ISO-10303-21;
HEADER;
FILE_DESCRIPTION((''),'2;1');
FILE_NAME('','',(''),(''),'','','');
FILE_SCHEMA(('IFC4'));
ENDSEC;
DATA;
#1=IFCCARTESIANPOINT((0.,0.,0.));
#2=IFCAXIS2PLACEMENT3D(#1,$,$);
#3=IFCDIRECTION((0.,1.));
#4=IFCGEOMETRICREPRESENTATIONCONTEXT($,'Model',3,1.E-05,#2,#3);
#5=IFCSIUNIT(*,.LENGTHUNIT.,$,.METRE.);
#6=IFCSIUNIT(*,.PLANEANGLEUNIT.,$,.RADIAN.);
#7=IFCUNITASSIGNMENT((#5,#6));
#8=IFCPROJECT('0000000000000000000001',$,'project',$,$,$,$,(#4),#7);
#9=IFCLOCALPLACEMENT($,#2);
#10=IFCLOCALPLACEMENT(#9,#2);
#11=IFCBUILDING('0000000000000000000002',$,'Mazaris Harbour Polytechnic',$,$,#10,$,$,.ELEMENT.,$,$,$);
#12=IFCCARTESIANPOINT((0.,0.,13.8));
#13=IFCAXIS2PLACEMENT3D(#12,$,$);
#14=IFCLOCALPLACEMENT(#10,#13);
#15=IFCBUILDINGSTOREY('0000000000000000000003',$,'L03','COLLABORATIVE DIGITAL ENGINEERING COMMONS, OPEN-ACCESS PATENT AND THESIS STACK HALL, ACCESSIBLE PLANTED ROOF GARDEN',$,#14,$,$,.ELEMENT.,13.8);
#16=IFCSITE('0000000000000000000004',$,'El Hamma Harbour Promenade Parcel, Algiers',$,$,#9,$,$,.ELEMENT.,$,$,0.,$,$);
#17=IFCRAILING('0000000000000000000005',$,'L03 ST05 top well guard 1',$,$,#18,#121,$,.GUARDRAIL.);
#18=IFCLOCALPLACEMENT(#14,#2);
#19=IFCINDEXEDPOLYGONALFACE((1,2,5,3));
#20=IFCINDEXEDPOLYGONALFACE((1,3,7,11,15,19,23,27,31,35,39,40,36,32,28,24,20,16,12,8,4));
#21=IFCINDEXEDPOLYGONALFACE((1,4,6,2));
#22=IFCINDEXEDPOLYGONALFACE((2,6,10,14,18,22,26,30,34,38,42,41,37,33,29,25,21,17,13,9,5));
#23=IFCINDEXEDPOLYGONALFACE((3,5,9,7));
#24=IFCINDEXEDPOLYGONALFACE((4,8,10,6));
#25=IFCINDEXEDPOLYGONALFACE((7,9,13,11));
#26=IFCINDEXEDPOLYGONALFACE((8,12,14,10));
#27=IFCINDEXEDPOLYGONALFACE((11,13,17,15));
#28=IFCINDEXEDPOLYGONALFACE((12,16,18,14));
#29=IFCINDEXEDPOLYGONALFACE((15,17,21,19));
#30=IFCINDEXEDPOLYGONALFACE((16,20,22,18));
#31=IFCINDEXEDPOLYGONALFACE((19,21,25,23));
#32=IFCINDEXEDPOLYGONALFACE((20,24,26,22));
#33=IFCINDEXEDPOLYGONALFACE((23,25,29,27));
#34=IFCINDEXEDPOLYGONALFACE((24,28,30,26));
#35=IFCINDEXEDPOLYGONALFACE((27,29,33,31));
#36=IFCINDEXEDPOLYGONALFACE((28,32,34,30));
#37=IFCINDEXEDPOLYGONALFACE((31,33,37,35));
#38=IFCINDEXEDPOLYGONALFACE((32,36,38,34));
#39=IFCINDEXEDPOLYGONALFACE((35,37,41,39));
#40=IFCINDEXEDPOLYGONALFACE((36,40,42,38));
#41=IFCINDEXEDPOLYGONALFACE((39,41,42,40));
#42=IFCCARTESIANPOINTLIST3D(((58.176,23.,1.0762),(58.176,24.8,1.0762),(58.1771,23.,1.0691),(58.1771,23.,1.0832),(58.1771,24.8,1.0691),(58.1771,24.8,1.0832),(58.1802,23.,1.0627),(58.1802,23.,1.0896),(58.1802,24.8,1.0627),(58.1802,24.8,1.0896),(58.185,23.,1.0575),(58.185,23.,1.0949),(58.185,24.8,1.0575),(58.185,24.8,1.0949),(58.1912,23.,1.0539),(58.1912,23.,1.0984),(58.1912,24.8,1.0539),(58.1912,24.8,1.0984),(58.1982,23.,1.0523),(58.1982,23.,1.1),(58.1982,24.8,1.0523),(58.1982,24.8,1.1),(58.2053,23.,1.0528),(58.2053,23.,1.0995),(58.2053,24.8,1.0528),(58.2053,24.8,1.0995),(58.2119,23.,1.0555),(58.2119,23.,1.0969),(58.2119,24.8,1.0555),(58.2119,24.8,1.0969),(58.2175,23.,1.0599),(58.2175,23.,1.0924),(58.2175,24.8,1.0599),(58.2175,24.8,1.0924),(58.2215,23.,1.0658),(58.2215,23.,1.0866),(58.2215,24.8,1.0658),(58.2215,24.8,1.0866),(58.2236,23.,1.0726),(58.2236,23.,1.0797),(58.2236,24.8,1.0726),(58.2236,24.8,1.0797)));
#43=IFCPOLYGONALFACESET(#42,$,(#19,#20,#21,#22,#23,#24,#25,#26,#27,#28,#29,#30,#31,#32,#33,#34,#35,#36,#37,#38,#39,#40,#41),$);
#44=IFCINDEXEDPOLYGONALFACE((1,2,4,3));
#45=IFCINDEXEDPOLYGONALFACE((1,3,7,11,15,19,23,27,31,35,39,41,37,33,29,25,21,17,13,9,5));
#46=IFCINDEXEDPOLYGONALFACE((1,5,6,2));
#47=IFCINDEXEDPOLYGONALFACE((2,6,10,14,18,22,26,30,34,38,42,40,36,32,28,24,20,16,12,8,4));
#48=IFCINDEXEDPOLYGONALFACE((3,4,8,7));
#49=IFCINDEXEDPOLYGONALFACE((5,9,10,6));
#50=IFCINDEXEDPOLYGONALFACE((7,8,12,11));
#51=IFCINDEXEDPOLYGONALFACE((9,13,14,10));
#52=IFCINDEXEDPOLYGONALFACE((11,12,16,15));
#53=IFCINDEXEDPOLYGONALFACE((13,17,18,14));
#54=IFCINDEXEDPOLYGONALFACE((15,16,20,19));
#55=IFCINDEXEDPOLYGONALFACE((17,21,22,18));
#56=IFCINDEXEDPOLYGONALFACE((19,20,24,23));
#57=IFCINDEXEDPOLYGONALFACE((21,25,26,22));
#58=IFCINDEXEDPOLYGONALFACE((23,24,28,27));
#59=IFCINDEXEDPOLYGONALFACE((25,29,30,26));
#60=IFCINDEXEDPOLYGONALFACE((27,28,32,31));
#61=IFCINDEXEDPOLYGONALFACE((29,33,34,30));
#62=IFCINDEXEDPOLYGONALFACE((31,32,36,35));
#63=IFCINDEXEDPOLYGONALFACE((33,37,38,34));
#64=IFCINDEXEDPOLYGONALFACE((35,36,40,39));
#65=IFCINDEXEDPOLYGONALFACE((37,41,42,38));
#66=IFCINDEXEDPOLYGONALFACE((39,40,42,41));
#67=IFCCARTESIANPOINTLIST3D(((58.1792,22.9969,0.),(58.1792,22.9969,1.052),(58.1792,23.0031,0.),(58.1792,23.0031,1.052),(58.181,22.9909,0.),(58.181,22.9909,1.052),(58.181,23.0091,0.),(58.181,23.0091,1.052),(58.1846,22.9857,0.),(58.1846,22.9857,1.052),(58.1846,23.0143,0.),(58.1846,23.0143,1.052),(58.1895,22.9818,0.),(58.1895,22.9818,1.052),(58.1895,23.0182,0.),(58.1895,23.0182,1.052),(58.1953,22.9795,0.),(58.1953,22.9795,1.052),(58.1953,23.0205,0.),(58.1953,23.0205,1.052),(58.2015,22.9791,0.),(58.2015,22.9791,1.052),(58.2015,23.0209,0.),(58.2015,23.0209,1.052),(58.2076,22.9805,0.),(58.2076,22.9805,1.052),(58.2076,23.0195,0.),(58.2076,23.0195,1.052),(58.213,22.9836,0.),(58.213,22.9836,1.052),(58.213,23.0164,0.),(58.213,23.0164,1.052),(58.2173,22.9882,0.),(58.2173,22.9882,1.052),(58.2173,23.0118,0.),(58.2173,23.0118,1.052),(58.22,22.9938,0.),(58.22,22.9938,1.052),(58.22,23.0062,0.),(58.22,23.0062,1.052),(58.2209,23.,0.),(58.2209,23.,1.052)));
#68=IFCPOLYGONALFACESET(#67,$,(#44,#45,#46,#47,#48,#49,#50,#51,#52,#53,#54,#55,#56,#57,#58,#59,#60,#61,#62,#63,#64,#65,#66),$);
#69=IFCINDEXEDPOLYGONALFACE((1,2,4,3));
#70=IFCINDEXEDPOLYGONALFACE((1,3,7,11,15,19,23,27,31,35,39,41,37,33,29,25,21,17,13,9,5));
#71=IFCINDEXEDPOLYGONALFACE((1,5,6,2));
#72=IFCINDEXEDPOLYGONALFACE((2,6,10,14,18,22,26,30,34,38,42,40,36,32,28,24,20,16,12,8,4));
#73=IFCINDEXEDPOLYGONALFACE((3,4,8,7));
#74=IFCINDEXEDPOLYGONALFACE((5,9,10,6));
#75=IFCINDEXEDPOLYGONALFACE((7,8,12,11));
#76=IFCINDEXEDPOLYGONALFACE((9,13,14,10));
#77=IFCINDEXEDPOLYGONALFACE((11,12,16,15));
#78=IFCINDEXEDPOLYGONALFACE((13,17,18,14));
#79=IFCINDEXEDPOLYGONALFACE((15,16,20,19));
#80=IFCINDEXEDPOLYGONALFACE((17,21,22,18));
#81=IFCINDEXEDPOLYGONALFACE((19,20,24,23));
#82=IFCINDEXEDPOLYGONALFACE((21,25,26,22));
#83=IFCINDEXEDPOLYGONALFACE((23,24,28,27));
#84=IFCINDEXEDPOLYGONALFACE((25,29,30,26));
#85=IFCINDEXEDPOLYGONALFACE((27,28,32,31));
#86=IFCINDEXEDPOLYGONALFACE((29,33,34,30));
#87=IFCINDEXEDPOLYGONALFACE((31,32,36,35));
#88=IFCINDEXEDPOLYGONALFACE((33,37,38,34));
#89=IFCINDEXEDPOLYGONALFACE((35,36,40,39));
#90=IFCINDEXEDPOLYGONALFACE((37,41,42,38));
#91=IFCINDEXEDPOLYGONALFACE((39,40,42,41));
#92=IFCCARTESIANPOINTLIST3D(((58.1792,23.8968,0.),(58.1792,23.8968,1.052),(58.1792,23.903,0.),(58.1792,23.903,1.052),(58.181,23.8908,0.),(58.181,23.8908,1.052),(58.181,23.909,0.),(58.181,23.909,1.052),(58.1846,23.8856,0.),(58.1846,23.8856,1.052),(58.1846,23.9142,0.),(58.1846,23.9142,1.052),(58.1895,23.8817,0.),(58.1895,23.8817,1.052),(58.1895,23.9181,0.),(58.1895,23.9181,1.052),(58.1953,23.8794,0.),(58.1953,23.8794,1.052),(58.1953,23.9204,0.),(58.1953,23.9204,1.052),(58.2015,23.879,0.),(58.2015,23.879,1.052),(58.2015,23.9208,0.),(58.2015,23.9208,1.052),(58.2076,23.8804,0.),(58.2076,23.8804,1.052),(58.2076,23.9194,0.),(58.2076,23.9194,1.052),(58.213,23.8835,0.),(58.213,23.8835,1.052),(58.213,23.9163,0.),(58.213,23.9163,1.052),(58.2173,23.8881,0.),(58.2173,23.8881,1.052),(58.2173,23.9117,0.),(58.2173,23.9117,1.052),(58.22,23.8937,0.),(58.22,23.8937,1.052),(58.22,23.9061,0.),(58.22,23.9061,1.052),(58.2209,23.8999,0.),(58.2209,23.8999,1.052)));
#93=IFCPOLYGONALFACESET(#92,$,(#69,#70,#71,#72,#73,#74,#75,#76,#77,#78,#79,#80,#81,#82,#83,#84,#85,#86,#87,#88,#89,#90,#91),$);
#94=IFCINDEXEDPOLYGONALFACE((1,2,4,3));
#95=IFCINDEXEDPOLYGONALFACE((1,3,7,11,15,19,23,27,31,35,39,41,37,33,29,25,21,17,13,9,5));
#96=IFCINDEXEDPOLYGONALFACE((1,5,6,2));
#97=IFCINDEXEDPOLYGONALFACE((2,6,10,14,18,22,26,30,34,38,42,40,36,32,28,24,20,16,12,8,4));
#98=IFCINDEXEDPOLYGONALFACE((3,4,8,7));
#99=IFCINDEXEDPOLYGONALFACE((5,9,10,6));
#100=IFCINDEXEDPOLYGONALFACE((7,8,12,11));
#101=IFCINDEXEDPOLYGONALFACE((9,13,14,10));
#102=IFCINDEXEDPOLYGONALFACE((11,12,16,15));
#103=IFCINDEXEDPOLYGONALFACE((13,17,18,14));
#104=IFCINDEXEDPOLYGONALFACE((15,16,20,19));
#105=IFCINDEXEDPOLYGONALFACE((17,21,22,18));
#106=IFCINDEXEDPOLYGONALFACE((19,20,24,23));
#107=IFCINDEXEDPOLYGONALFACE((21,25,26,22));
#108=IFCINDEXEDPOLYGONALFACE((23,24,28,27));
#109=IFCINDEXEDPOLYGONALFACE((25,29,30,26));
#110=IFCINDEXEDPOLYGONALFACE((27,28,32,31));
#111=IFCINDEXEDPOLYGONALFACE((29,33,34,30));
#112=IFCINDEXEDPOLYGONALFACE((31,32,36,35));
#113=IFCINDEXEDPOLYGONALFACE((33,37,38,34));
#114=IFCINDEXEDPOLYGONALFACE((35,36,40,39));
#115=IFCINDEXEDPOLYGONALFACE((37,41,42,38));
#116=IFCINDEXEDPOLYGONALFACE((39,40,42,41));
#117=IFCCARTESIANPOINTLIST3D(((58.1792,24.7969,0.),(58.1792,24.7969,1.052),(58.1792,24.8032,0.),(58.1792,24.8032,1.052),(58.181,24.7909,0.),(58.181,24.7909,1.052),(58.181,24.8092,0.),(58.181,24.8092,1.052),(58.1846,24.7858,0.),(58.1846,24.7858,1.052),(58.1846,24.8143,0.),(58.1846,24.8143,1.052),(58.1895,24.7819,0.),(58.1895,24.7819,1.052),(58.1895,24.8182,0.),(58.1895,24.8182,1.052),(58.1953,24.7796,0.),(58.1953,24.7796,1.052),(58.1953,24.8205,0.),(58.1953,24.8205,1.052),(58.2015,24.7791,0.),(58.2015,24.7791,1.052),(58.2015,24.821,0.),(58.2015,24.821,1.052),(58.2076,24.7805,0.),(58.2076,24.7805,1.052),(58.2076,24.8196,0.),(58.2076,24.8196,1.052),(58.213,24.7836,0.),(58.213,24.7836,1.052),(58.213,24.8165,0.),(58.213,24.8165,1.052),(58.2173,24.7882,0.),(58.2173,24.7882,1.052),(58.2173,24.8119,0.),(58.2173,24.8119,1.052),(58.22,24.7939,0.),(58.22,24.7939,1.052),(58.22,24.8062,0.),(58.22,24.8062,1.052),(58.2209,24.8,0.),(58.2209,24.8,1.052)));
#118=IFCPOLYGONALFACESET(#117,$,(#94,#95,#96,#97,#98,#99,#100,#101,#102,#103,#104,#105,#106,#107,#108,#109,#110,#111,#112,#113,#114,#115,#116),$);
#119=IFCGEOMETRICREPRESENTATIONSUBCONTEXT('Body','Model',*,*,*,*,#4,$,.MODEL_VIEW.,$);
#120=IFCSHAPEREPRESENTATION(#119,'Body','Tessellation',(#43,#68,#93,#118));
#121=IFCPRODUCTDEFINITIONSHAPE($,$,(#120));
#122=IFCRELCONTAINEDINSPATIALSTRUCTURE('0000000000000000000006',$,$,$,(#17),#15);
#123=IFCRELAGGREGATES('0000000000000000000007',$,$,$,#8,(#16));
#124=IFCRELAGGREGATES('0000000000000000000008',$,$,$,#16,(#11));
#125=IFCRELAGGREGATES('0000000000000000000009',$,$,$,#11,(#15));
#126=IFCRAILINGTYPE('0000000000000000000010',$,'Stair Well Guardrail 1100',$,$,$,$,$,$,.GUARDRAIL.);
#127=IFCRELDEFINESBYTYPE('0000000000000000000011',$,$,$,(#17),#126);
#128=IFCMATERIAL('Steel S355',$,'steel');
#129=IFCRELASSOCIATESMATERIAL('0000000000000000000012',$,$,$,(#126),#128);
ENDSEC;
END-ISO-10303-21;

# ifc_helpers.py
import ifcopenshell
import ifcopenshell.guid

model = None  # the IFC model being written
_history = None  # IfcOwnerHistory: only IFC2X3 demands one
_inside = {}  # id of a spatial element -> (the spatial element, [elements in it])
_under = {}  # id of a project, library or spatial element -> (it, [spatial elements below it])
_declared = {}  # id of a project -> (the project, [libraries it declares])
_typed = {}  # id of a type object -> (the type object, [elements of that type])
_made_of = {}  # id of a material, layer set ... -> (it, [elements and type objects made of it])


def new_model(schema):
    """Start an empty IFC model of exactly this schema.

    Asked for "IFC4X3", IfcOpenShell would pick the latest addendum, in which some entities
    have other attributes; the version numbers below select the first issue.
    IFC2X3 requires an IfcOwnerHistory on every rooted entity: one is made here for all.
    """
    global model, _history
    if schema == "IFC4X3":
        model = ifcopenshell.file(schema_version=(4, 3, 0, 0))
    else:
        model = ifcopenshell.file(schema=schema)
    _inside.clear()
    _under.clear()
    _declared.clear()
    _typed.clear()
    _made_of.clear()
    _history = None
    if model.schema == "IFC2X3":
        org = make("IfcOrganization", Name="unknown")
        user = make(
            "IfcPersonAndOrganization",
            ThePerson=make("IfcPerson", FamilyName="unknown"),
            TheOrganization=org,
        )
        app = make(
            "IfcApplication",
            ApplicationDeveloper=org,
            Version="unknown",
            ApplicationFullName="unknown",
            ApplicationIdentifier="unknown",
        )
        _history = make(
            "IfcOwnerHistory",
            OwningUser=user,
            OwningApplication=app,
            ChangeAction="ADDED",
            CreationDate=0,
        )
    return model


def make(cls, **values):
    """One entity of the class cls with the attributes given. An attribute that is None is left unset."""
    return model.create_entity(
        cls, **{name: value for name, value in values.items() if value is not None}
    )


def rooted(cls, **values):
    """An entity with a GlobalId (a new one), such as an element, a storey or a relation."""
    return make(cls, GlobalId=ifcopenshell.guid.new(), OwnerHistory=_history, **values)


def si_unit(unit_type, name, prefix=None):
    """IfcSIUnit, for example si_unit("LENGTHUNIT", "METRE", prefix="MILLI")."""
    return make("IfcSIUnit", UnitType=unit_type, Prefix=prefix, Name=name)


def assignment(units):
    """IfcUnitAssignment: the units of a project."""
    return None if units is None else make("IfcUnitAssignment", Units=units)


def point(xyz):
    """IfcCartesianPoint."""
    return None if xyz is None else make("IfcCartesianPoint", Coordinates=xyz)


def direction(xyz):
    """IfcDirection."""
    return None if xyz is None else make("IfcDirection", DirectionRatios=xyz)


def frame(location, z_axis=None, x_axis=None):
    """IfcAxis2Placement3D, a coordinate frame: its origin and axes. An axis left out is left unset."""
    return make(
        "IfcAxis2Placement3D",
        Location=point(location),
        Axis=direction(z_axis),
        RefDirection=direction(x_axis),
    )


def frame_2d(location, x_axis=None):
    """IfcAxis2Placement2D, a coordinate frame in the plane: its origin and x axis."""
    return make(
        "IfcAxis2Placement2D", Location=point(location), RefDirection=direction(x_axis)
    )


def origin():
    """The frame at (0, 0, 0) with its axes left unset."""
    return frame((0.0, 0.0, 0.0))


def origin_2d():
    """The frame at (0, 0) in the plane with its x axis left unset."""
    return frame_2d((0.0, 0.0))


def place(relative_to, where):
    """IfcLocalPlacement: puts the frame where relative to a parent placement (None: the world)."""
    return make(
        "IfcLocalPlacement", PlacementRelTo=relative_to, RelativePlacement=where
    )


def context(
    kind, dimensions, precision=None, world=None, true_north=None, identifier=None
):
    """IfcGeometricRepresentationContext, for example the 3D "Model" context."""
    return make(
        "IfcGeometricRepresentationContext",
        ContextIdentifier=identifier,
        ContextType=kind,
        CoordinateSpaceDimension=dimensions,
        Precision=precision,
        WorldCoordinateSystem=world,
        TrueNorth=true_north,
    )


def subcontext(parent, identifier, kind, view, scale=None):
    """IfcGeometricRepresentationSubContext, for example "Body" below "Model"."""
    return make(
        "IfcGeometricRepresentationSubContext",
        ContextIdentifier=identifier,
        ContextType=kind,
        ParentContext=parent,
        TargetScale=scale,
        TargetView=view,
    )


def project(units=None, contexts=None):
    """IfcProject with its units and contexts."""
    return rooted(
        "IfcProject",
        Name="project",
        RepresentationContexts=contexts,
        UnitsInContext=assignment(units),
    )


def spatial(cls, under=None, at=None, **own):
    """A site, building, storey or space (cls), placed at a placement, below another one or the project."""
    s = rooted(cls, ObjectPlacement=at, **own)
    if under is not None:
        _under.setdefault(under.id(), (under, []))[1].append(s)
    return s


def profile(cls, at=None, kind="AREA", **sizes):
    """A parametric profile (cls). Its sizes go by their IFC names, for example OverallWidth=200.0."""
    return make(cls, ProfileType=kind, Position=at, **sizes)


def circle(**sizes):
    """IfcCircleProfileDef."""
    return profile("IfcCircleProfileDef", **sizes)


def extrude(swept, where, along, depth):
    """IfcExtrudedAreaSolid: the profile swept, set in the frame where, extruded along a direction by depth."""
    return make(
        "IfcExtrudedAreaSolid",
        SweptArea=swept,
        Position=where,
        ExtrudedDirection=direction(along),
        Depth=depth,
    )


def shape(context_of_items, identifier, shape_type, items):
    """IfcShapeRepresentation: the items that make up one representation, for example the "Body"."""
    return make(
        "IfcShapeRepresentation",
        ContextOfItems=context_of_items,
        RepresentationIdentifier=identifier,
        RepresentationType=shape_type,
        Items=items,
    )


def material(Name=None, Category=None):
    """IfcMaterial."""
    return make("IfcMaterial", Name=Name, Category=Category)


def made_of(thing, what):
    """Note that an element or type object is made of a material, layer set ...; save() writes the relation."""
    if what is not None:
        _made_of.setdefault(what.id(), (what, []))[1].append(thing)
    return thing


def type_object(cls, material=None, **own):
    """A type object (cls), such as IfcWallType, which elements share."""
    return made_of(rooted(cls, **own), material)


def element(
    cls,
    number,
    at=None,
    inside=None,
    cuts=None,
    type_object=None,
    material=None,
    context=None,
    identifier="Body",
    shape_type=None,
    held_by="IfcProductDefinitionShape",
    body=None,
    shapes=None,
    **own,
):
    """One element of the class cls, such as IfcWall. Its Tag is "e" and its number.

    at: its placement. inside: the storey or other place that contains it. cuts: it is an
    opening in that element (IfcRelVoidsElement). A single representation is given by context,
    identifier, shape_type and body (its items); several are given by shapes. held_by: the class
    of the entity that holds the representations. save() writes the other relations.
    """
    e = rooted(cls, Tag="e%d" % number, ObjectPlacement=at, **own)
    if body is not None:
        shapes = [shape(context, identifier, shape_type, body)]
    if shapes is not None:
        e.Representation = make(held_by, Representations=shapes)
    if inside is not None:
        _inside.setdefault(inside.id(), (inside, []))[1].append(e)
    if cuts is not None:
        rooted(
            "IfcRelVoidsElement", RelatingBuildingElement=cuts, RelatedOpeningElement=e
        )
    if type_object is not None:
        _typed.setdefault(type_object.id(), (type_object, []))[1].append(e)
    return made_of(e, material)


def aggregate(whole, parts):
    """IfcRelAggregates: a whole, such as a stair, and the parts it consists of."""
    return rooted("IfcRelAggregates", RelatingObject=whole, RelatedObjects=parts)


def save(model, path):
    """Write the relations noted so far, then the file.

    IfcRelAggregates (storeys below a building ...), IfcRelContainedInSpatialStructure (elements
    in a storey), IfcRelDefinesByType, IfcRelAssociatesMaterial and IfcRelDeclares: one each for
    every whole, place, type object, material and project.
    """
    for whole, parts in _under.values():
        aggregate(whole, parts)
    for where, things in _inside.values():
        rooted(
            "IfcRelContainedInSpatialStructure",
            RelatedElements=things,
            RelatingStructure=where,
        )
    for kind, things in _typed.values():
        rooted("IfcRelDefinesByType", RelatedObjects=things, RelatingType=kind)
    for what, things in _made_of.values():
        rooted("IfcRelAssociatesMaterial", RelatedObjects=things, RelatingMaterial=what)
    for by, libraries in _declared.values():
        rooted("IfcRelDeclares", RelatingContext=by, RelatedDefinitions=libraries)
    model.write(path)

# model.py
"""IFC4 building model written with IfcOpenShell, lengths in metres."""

from ifc_helpers import new_model, si_unit, direction, frame, origin, origin_2d, place, context, subcontext, project, spatial, circle, extrude, material, type_object, element, save


model = new_model("IFC4")

# Units and contexts
model_context = context("Model", 3, precision=1e-05, world=origin(), true_north=direction((0.0, 1.0)))
body_context = subcontext(model_context, "Body", "Model", "MODEL_VIEW")
ifc_project = project(units=[si_unit("LENGTHUNIT", "METRE"), si_unit("PLANEANGLEUNIT", "RADIAN")], contexts=[model_context])

# Site, building, storey
site_placement = place(None, origin())
site = spatial("IfcSite", under=ifc_project, at=site_placement, Name="El Hamma Harbour Promenade Parcel, Algiers", CompositionType="ELEMENT", RefElevation=0.0)
building_placement = place(site_placement, origin())
building = spatial("IfcBuilding", under=site, at=building_placement, Name="Mazaris Harbour Polytechnic", CompositionType="ELEMENT")
storey_placement = place(building_placement, frame((0.0, 0.0, 13.8)))
storey = spatial("IfcBuildingStorey", under=building, at=storey_placement, Name="L03", Description="COLLABORATIVE DIGITAL ENGINEERING COMMONS, OPEN-ACCESS PATENT AND THESIS STACK HALL, ACCESSIBLE PLANTED ROOF GARDEN", CompositionType="ELEMENT", Elevation=13.8)

# Railing
ifc_material_1 = material(Name="Steel S355", Category="steel")
railing_type = type_object("IfcRailingType", Name="Stair Well Guardrail 1100", PredefinedType="GUARDRAIL", material=ifc_material_1)
railing_placement = place(storey_placement, frame((58.2, 23.0, 0.0)))
element("IfcRailing", 1, at=railing_placement, inside=storey, type_object=railing_type, Name="L03 ST05 top well guard 1", PredefinedType="GUARDRAIL", context=body_context, shape_type="SweptSolid", body=[
    extrude(circle(Radius=0.0239, at=origin_2d()), frame((0.0, 0.0, 1.0762), z_axis=(0.0, 1.0, 0.0), x_axis=(-1.0, 0.0, 0.0)), (0.0, 0.0, 1.0), 1.8),
    extrude(circle(Radius=0.021, at=origin_2d()), origin(), (0.0, 0.0, 1.0), 1.052),
    extrude(circle(Radius=0.021, at=origin_2d()), frame((0.0, 0.8999, 0.0)), (0.0, 0.0, 1.0), 1.052),
    extrude(circle(Radius=0.021, at=origin_2d()), frame((0.0, 1.8, 0.0)), (0.0, 0.0, 1.0), 1.052),
])

save(model, "model.ifc")
